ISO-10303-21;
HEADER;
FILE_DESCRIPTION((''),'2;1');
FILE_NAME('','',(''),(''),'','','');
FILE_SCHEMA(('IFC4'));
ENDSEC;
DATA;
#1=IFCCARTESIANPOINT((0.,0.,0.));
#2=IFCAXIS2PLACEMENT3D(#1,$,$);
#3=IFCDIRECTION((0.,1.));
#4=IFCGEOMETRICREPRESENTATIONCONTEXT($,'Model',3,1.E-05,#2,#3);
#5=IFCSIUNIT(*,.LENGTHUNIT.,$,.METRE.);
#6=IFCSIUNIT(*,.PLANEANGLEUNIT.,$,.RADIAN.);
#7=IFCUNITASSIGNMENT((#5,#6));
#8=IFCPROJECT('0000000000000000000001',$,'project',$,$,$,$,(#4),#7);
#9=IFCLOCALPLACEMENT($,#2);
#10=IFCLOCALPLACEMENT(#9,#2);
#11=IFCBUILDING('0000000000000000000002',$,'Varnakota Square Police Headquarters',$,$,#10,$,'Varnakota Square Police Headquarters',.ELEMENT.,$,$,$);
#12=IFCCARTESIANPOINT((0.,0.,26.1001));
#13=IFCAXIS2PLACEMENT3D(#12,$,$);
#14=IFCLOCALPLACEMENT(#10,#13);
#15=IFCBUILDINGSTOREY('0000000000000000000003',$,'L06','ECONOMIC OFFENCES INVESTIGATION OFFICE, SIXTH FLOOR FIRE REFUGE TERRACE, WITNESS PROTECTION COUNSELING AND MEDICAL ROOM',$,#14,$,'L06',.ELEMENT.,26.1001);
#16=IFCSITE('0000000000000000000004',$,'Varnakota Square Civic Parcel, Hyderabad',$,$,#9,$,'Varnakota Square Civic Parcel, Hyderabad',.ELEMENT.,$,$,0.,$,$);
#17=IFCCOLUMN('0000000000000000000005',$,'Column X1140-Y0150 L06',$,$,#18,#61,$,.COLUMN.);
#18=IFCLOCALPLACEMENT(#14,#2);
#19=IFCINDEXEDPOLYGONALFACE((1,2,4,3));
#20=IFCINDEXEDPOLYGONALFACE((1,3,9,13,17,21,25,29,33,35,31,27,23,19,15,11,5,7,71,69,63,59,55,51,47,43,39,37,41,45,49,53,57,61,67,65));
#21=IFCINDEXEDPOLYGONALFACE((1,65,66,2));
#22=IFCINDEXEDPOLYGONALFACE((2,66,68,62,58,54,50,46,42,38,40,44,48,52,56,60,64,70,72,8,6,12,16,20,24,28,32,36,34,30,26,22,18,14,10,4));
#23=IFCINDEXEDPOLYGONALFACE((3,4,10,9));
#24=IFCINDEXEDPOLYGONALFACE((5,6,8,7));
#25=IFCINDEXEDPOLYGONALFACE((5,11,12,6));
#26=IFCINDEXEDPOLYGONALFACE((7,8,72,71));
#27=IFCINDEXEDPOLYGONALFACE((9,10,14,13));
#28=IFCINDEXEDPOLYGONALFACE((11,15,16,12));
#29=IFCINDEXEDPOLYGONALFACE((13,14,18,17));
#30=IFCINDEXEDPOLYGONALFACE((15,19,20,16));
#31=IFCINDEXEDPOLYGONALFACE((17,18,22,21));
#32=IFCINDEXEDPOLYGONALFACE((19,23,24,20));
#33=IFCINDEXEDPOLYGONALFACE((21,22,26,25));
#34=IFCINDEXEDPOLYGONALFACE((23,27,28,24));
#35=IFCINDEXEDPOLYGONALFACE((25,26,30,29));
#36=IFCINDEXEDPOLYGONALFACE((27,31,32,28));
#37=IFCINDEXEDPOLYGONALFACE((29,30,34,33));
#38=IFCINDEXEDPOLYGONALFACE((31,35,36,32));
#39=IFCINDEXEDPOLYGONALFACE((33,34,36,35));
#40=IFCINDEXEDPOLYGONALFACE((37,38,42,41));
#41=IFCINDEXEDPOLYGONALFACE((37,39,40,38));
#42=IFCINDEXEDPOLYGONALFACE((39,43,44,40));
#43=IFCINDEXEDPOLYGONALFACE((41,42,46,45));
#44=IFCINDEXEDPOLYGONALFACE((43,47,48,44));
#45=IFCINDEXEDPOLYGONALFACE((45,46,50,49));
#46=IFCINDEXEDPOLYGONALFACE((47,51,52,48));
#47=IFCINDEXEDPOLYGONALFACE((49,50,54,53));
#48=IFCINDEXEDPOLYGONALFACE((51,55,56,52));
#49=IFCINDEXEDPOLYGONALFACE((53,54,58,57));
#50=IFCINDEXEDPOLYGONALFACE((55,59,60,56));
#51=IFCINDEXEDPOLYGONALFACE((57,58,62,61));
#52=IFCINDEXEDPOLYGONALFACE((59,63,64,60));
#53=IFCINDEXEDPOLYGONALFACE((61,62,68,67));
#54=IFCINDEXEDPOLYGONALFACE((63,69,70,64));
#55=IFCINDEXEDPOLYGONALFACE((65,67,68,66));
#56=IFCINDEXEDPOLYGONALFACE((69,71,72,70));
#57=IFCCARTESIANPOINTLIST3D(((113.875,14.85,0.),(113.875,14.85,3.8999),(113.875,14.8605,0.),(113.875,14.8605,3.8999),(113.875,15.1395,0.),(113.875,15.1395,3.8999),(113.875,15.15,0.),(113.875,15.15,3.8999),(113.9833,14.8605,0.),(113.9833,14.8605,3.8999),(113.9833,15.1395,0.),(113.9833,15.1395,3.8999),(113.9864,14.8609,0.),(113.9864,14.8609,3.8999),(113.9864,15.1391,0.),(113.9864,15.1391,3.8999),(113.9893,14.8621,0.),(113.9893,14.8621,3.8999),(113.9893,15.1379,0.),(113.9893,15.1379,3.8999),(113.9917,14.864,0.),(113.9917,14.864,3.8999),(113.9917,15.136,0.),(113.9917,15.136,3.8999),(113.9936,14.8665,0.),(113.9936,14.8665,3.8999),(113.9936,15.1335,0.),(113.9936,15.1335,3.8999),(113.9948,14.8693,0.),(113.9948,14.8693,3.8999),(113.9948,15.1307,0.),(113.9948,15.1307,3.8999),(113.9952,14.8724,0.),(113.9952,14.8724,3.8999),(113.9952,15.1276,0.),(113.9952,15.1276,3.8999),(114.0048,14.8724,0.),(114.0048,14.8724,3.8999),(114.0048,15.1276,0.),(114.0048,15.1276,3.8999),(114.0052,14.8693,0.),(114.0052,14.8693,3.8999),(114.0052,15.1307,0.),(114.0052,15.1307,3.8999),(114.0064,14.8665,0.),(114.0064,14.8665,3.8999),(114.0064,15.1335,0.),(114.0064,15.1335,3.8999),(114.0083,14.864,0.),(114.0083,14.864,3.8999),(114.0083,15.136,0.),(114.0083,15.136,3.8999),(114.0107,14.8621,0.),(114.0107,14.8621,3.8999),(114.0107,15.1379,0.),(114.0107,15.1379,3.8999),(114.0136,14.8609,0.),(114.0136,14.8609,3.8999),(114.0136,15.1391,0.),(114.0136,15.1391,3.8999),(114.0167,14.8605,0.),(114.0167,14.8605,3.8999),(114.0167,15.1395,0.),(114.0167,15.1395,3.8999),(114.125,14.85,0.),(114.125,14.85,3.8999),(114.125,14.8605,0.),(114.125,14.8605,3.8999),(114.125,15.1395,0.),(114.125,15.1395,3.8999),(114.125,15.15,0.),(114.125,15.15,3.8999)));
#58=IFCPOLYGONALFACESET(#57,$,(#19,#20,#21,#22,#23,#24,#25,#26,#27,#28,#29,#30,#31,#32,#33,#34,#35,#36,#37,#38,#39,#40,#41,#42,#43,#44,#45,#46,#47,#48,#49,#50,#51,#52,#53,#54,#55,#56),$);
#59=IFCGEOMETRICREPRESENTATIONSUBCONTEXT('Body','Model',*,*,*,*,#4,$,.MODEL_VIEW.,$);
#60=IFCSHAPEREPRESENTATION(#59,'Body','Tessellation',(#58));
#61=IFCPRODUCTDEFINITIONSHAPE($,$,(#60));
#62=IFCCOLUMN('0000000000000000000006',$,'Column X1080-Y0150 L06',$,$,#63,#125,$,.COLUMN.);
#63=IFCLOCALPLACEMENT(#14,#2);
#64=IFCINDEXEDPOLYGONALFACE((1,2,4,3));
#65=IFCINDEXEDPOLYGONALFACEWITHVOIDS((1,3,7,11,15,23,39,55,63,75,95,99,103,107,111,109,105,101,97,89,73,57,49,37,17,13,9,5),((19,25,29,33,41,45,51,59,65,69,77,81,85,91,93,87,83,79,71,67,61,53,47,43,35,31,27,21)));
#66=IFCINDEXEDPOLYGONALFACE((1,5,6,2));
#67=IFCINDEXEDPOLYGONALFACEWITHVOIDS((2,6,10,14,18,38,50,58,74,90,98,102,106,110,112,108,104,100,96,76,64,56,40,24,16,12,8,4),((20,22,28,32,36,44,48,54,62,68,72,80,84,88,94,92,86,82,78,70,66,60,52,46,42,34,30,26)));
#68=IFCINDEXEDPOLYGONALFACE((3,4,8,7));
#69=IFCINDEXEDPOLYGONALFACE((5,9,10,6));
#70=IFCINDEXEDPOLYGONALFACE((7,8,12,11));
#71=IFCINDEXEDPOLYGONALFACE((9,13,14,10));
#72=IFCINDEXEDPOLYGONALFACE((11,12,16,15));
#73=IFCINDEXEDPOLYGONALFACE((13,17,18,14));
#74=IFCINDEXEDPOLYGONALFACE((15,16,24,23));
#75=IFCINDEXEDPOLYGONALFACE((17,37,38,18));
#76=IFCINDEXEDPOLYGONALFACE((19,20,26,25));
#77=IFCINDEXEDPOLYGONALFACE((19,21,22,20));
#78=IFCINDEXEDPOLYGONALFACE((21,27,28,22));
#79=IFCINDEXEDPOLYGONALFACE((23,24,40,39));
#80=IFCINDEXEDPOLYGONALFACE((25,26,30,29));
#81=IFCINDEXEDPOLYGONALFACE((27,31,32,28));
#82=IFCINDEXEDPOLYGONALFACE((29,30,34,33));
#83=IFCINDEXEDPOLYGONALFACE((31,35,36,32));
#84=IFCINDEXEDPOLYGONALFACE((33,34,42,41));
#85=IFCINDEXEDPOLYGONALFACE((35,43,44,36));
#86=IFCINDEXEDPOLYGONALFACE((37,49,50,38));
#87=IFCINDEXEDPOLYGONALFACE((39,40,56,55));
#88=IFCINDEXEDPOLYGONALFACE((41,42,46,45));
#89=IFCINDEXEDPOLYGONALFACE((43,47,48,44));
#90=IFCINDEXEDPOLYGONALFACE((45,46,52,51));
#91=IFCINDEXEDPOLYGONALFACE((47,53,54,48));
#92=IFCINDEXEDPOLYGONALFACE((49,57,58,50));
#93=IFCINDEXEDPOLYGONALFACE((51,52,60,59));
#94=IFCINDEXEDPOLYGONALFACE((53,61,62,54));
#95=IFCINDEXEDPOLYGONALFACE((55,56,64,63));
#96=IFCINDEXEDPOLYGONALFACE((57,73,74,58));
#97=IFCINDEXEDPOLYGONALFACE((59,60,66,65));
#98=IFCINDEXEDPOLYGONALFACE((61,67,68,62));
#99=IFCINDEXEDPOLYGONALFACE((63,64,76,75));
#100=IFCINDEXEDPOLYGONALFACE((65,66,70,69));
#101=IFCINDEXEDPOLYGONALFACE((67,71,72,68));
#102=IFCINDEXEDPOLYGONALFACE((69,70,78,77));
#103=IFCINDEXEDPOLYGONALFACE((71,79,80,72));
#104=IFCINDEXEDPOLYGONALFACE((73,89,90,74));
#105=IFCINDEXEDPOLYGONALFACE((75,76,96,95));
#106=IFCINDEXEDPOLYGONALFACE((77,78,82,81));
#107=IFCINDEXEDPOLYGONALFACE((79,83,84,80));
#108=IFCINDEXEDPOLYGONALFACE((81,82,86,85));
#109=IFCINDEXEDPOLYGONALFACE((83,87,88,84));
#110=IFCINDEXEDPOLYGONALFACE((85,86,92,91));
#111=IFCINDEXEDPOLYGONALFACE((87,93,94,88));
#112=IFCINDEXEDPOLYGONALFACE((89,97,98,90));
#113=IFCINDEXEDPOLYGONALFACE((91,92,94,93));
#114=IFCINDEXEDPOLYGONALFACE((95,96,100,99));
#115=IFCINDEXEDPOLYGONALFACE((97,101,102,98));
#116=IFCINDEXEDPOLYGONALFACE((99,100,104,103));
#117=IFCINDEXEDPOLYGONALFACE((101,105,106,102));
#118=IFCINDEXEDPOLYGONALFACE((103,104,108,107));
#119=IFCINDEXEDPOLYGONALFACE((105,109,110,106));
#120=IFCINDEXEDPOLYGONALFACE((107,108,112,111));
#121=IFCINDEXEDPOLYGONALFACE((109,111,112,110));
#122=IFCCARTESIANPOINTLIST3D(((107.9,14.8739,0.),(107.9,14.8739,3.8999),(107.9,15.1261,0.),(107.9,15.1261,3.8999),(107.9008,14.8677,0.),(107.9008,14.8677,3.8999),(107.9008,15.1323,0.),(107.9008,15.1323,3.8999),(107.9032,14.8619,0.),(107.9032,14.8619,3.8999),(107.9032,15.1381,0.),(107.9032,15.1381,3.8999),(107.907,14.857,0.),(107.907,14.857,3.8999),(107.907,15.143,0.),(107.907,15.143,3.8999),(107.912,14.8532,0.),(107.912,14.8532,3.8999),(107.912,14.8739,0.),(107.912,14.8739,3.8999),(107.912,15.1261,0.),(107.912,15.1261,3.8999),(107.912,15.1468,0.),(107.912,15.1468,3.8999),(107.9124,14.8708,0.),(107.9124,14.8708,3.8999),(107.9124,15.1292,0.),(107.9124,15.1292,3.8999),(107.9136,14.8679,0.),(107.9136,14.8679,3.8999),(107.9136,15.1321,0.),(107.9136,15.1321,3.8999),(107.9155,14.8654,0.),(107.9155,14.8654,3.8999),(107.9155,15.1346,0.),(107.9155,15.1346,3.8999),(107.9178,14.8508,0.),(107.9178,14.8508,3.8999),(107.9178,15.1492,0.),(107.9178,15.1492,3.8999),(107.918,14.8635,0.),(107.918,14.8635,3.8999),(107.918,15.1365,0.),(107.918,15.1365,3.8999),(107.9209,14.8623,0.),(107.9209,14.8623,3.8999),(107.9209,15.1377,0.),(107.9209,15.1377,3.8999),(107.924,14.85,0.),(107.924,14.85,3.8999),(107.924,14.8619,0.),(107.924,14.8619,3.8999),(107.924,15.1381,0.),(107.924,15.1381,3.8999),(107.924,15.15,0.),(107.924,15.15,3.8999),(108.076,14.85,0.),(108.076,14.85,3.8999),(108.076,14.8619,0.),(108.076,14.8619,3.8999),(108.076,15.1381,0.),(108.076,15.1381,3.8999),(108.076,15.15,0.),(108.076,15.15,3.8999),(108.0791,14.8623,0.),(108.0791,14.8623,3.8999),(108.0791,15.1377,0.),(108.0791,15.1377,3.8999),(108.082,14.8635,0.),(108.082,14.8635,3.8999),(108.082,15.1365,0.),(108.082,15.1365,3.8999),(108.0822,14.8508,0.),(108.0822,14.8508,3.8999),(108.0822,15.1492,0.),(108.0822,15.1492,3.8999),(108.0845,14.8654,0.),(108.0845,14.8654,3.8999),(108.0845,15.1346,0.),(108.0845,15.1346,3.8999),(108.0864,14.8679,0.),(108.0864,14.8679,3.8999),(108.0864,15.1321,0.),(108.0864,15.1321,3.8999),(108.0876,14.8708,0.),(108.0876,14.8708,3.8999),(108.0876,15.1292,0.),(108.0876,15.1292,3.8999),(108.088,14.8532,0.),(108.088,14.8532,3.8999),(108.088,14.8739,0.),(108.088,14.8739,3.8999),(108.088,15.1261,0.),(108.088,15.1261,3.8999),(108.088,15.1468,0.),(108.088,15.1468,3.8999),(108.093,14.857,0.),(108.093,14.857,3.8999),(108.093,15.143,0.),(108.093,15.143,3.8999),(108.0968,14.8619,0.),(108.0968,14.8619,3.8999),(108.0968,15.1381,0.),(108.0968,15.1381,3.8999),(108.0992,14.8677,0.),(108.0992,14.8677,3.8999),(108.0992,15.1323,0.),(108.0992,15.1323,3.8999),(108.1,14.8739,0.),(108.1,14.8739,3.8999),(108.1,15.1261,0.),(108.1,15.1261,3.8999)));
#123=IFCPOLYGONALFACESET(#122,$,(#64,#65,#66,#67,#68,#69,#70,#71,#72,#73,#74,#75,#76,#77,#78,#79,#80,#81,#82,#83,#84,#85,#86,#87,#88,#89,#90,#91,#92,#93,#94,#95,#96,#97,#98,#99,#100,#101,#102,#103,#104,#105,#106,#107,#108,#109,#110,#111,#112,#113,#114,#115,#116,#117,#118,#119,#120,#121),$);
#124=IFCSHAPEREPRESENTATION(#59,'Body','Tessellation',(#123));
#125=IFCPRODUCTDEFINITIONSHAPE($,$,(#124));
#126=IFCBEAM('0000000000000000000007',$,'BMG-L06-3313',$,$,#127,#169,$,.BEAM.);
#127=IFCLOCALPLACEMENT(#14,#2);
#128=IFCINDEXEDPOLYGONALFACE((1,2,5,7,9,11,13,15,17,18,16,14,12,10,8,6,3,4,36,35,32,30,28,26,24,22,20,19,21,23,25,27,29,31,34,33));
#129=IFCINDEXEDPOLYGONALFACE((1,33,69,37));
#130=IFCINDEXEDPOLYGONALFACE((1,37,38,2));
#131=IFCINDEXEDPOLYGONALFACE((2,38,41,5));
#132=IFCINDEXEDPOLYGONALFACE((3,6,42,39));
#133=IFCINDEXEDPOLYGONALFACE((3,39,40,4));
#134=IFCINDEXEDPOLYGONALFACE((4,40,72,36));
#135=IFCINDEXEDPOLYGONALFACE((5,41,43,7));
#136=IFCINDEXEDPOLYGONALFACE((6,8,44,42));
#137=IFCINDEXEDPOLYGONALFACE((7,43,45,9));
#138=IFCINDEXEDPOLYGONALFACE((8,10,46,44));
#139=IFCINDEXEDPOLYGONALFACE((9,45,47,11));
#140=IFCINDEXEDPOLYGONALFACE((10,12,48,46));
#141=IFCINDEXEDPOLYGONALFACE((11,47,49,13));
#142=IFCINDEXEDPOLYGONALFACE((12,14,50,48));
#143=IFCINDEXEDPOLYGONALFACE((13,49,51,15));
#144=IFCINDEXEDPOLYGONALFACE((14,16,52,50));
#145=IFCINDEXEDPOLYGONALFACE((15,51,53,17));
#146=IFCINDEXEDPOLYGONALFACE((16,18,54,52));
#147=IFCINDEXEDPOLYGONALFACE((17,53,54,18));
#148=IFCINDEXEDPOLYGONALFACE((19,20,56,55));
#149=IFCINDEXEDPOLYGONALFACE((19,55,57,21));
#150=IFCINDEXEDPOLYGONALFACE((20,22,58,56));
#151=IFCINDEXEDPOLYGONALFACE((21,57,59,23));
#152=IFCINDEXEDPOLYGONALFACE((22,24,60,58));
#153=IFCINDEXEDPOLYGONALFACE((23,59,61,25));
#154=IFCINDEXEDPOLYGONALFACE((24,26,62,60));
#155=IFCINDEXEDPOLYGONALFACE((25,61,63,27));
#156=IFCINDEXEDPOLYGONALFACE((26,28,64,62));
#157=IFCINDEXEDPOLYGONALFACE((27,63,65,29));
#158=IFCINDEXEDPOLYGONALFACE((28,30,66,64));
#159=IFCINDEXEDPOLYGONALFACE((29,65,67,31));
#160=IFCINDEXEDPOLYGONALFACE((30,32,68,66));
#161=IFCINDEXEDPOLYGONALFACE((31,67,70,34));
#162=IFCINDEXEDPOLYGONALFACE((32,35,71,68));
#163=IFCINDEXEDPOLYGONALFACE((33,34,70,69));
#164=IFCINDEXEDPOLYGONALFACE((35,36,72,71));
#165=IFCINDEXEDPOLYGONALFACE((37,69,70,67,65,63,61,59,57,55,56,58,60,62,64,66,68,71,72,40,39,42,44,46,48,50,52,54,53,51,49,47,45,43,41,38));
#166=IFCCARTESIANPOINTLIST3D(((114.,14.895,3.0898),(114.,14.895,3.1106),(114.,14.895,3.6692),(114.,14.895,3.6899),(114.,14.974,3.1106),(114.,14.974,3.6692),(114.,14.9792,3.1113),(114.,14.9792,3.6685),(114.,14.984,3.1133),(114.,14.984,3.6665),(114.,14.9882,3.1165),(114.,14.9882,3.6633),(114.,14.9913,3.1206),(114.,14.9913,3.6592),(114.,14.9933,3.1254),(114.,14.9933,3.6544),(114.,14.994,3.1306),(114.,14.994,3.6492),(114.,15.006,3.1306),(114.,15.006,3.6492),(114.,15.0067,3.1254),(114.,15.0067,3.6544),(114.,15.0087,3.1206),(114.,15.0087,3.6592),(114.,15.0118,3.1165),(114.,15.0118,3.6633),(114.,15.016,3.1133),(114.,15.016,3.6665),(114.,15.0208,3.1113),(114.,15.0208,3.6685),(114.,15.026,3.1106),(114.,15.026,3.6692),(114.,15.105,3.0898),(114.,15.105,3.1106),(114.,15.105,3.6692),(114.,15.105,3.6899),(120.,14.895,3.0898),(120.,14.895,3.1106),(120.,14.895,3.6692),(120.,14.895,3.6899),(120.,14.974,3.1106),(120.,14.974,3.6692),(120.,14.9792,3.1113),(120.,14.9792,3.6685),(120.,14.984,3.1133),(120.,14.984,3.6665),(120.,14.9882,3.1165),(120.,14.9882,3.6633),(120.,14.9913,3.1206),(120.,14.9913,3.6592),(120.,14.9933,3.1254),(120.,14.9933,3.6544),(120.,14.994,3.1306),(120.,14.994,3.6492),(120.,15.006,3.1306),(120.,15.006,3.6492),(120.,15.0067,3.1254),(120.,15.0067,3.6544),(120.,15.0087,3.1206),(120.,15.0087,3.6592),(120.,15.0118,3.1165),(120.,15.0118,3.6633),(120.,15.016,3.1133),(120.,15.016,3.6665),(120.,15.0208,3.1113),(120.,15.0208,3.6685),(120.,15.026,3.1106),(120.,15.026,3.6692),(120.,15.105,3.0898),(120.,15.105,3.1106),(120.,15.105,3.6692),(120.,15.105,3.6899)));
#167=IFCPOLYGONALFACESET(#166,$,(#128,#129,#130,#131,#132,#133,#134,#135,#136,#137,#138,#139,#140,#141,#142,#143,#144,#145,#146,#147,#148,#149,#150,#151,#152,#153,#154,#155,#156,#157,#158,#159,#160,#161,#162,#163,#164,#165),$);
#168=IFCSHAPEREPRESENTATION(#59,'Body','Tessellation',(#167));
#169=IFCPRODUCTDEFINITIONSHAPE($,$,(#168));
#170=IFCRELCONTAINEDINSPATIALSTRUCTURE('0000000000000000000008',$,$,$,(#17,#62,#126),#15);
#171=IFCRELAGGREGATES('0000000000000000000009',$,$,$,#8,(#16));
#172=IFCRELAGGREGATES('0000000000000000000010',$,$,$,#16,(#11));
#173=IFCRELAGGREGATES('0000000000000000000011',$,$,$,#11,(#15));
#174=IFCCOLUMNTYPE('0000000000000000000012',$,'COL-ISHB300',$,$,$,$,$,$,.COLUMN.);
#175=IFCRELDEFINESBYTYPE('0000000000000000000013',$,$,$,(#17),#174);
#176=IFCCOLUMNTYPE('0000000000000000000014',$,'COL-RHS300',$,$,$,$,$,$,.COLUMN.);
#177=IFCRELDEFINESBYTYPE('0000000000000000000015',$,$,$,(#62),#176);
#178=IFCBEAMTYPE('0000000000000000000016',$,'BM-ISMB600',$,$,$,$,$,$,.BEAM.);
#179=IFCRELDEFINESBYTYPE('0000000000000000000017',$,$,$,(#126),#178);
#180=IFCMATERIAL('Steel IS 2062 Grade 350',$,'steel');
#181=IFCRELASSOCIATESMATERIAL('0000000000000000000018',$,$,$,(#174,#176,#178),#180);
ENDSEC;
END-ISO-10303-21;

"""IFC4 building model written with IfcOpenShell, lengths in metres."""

from ifc_helpers import new_model, si_unit, direction, frame, origin, origin_2d, place, context, subcontext, project, spatial, hollow_rectangle, i_section, extrude, material, material_profile, profile_set, type_object, element, save


model = new_model("IFC4")

# Units and contexts
model_context = context("Model", 3, precision=1e-05, world=origin(), true_north=direction((0.0, 1.0)))
body_context = subcontext(model_context, "Body", "Model", "MODEL_VIEW")
ifc_project = project(units=[si_unit("LENGTHUNIT", "METRE"), si_unit("PLANEANGLEUNIT", "RADIAN")], contexts=[model_context])

# Site, building, storey
site_placement = place(None, origin())
site = spatial("IfcSite", under=ifc_project, at=site_placement, Name="Varnakota Square Civic Parcel, Hyderabad", LongName="Varnakota Square Civic Parcel, Hyderabad", CompositionType="ELEMENT", RefElevation=0.0)
building_placement = place(site_placement, origin())
building = spatial("IfcBuilding", under=site, at=building_placement, Name="Varnakota Square Police Headquarters", LongName="Varnakota Square Police Headquarters", CompositionType="ELEMENT")
storey_placement = place(building_placement, frame((0.0, 0.0, 26.1001)))
storey = spatial("IfcBuildingStorey", under=building, at=storey_placement, Name="L06", Description="ECONOMIC OFFENCES INVESTIGATION OFFICE, SIXTH FLOOR FIRE REFUGE TERRACE, WITNESS PROTECTION COUNSELING AND MEDICAL ROOM", LongName="L06", CompositionType="ELEMENT", Elevation=26.1001)

# Columns
ifc_material_1 = material(Name="Steel IS 2062 Grade 350", Category="steel")
ifc_material_profile_1 = material_profile(ifc_material_1, i_section(OverallWidth=0.25, OverallDepth=0.3, WebThickness=0.0095, FlangeThickness=0.0105, FilletRadius=0.012, at=origin_2d()), Name="ISHB 300")
ifc_profile_set_1 = profile_set([ifc_material_profile_1], Name="Steel IS 2062 Grade 350")
column_type_1 = type_object("IfcColumnType", Name="COL-ISHB300", PredefinedType="COLUMN", material=ifc_profile_set_1)
column_1_placement = place(storey_placement, frame((114.0, 15.0, 0.0), z_axis=(0.0, 0.0, 1.0), x_axis=(1.0, 0.0, 0.0)))
element("IfcColumn", 1, at=column_1_placement, inside=storey, type_object=column_type_1, Name="Column X1140-Y0150 L06", PredefinedType="COLUMN", context=body_context, shape_type="SweptSolid", body=[
    extrude(i_section(OverallWidth=0.25, OverallDepth=0.3, WebThickness=0.0095, FlangeThickness=0.0105, FilletRadius=0.012, at=origin_2d()), origin(), (0.0, 0.0, 1.0), 3.8999),
])
ifc_material_profile_2 = material_profile(ifc_material_1, hollow_rectangle(XDim=0.2, YDim=0.3, WallThickness=0.012, InnerFilletRadius=0.012, OuterFilletRadius=0.0239, at=origin_2d()), Name="RHS 300x200x12")
ifc_profile_set_2 = profile_set([ifc_material_profile_2], Name="Steel IS 2062 Grade 350")
column_type_2 = type_object("IfcColumnType", Name="COL-RHS300", PredefinedType="COLUMN", material=ifc_profile_set_2)
column_2_placement = place(storey_placement, frame((108.0, 15.0, 0.0), z_axis=(0.0, 0.0, 1.0), x_axis=(1.0, 0.0, 0.0)))
element("IfcColumn", 2, at=column_2_placement, inside=storey, type_object=column_type_2, Name="Column X1080-Y0150 L06", PredefinedType="COLUMN", context=body_context, shape_type="SweptSolid", body=[
    extrude(hollow_rectangle(XDim=0.2, YDim=0.3, WallThickness=0.012, InnerFilletRadius=0.012, OuterFilletRadius=0.0239, at=origin_2d()), origin(), (0.0, 0.0, 1.0), 3.8999),
])

# Beam
ifc_material_profile_3 = material_profile(ifc_material_1, i_section(OverallWidth=0.21, OverallDepth=0.6001, WebThickness=0.012, FlangeThickness=0.0208, FilletRadius=0.02, at=origin_2d()), Name="ISMB 600")
ifc_profile_set_3 = profile_set([ifc_material_profile_3], Name="Steel IS 2062 Grade 350")
beam_type_1 = type_object("IfcBeamType", Name="BM-ISMB600", PredefinedType="BEAM", material=ifc_profile_set_3)
beam_1_placement = place(storey_placement, frame((114.0, 15.0, 3.3899), z_axis=(1.0, 0.0, 0.0), x_axis=(0.0, 1.0, 0.0)))
element("IfcBeam", 3, at=beam_1_placement, inside=storey, type_object=beam_type_1, Name="BMG-L06-3313", PredefinedType="BEAM", context=body_context, shape_type="SweptSolid", body=[
    extrude(i_section(OverallWidth=0.21, OverallDepth=0.6001, WebThickness=0.012, FlangeThickness=0.0208, FilletRadius=0.02, at=origin_2d()), origin(), (0.0, 0.0, 1.0), 6.0),
])

save(model, "model.ifc")
